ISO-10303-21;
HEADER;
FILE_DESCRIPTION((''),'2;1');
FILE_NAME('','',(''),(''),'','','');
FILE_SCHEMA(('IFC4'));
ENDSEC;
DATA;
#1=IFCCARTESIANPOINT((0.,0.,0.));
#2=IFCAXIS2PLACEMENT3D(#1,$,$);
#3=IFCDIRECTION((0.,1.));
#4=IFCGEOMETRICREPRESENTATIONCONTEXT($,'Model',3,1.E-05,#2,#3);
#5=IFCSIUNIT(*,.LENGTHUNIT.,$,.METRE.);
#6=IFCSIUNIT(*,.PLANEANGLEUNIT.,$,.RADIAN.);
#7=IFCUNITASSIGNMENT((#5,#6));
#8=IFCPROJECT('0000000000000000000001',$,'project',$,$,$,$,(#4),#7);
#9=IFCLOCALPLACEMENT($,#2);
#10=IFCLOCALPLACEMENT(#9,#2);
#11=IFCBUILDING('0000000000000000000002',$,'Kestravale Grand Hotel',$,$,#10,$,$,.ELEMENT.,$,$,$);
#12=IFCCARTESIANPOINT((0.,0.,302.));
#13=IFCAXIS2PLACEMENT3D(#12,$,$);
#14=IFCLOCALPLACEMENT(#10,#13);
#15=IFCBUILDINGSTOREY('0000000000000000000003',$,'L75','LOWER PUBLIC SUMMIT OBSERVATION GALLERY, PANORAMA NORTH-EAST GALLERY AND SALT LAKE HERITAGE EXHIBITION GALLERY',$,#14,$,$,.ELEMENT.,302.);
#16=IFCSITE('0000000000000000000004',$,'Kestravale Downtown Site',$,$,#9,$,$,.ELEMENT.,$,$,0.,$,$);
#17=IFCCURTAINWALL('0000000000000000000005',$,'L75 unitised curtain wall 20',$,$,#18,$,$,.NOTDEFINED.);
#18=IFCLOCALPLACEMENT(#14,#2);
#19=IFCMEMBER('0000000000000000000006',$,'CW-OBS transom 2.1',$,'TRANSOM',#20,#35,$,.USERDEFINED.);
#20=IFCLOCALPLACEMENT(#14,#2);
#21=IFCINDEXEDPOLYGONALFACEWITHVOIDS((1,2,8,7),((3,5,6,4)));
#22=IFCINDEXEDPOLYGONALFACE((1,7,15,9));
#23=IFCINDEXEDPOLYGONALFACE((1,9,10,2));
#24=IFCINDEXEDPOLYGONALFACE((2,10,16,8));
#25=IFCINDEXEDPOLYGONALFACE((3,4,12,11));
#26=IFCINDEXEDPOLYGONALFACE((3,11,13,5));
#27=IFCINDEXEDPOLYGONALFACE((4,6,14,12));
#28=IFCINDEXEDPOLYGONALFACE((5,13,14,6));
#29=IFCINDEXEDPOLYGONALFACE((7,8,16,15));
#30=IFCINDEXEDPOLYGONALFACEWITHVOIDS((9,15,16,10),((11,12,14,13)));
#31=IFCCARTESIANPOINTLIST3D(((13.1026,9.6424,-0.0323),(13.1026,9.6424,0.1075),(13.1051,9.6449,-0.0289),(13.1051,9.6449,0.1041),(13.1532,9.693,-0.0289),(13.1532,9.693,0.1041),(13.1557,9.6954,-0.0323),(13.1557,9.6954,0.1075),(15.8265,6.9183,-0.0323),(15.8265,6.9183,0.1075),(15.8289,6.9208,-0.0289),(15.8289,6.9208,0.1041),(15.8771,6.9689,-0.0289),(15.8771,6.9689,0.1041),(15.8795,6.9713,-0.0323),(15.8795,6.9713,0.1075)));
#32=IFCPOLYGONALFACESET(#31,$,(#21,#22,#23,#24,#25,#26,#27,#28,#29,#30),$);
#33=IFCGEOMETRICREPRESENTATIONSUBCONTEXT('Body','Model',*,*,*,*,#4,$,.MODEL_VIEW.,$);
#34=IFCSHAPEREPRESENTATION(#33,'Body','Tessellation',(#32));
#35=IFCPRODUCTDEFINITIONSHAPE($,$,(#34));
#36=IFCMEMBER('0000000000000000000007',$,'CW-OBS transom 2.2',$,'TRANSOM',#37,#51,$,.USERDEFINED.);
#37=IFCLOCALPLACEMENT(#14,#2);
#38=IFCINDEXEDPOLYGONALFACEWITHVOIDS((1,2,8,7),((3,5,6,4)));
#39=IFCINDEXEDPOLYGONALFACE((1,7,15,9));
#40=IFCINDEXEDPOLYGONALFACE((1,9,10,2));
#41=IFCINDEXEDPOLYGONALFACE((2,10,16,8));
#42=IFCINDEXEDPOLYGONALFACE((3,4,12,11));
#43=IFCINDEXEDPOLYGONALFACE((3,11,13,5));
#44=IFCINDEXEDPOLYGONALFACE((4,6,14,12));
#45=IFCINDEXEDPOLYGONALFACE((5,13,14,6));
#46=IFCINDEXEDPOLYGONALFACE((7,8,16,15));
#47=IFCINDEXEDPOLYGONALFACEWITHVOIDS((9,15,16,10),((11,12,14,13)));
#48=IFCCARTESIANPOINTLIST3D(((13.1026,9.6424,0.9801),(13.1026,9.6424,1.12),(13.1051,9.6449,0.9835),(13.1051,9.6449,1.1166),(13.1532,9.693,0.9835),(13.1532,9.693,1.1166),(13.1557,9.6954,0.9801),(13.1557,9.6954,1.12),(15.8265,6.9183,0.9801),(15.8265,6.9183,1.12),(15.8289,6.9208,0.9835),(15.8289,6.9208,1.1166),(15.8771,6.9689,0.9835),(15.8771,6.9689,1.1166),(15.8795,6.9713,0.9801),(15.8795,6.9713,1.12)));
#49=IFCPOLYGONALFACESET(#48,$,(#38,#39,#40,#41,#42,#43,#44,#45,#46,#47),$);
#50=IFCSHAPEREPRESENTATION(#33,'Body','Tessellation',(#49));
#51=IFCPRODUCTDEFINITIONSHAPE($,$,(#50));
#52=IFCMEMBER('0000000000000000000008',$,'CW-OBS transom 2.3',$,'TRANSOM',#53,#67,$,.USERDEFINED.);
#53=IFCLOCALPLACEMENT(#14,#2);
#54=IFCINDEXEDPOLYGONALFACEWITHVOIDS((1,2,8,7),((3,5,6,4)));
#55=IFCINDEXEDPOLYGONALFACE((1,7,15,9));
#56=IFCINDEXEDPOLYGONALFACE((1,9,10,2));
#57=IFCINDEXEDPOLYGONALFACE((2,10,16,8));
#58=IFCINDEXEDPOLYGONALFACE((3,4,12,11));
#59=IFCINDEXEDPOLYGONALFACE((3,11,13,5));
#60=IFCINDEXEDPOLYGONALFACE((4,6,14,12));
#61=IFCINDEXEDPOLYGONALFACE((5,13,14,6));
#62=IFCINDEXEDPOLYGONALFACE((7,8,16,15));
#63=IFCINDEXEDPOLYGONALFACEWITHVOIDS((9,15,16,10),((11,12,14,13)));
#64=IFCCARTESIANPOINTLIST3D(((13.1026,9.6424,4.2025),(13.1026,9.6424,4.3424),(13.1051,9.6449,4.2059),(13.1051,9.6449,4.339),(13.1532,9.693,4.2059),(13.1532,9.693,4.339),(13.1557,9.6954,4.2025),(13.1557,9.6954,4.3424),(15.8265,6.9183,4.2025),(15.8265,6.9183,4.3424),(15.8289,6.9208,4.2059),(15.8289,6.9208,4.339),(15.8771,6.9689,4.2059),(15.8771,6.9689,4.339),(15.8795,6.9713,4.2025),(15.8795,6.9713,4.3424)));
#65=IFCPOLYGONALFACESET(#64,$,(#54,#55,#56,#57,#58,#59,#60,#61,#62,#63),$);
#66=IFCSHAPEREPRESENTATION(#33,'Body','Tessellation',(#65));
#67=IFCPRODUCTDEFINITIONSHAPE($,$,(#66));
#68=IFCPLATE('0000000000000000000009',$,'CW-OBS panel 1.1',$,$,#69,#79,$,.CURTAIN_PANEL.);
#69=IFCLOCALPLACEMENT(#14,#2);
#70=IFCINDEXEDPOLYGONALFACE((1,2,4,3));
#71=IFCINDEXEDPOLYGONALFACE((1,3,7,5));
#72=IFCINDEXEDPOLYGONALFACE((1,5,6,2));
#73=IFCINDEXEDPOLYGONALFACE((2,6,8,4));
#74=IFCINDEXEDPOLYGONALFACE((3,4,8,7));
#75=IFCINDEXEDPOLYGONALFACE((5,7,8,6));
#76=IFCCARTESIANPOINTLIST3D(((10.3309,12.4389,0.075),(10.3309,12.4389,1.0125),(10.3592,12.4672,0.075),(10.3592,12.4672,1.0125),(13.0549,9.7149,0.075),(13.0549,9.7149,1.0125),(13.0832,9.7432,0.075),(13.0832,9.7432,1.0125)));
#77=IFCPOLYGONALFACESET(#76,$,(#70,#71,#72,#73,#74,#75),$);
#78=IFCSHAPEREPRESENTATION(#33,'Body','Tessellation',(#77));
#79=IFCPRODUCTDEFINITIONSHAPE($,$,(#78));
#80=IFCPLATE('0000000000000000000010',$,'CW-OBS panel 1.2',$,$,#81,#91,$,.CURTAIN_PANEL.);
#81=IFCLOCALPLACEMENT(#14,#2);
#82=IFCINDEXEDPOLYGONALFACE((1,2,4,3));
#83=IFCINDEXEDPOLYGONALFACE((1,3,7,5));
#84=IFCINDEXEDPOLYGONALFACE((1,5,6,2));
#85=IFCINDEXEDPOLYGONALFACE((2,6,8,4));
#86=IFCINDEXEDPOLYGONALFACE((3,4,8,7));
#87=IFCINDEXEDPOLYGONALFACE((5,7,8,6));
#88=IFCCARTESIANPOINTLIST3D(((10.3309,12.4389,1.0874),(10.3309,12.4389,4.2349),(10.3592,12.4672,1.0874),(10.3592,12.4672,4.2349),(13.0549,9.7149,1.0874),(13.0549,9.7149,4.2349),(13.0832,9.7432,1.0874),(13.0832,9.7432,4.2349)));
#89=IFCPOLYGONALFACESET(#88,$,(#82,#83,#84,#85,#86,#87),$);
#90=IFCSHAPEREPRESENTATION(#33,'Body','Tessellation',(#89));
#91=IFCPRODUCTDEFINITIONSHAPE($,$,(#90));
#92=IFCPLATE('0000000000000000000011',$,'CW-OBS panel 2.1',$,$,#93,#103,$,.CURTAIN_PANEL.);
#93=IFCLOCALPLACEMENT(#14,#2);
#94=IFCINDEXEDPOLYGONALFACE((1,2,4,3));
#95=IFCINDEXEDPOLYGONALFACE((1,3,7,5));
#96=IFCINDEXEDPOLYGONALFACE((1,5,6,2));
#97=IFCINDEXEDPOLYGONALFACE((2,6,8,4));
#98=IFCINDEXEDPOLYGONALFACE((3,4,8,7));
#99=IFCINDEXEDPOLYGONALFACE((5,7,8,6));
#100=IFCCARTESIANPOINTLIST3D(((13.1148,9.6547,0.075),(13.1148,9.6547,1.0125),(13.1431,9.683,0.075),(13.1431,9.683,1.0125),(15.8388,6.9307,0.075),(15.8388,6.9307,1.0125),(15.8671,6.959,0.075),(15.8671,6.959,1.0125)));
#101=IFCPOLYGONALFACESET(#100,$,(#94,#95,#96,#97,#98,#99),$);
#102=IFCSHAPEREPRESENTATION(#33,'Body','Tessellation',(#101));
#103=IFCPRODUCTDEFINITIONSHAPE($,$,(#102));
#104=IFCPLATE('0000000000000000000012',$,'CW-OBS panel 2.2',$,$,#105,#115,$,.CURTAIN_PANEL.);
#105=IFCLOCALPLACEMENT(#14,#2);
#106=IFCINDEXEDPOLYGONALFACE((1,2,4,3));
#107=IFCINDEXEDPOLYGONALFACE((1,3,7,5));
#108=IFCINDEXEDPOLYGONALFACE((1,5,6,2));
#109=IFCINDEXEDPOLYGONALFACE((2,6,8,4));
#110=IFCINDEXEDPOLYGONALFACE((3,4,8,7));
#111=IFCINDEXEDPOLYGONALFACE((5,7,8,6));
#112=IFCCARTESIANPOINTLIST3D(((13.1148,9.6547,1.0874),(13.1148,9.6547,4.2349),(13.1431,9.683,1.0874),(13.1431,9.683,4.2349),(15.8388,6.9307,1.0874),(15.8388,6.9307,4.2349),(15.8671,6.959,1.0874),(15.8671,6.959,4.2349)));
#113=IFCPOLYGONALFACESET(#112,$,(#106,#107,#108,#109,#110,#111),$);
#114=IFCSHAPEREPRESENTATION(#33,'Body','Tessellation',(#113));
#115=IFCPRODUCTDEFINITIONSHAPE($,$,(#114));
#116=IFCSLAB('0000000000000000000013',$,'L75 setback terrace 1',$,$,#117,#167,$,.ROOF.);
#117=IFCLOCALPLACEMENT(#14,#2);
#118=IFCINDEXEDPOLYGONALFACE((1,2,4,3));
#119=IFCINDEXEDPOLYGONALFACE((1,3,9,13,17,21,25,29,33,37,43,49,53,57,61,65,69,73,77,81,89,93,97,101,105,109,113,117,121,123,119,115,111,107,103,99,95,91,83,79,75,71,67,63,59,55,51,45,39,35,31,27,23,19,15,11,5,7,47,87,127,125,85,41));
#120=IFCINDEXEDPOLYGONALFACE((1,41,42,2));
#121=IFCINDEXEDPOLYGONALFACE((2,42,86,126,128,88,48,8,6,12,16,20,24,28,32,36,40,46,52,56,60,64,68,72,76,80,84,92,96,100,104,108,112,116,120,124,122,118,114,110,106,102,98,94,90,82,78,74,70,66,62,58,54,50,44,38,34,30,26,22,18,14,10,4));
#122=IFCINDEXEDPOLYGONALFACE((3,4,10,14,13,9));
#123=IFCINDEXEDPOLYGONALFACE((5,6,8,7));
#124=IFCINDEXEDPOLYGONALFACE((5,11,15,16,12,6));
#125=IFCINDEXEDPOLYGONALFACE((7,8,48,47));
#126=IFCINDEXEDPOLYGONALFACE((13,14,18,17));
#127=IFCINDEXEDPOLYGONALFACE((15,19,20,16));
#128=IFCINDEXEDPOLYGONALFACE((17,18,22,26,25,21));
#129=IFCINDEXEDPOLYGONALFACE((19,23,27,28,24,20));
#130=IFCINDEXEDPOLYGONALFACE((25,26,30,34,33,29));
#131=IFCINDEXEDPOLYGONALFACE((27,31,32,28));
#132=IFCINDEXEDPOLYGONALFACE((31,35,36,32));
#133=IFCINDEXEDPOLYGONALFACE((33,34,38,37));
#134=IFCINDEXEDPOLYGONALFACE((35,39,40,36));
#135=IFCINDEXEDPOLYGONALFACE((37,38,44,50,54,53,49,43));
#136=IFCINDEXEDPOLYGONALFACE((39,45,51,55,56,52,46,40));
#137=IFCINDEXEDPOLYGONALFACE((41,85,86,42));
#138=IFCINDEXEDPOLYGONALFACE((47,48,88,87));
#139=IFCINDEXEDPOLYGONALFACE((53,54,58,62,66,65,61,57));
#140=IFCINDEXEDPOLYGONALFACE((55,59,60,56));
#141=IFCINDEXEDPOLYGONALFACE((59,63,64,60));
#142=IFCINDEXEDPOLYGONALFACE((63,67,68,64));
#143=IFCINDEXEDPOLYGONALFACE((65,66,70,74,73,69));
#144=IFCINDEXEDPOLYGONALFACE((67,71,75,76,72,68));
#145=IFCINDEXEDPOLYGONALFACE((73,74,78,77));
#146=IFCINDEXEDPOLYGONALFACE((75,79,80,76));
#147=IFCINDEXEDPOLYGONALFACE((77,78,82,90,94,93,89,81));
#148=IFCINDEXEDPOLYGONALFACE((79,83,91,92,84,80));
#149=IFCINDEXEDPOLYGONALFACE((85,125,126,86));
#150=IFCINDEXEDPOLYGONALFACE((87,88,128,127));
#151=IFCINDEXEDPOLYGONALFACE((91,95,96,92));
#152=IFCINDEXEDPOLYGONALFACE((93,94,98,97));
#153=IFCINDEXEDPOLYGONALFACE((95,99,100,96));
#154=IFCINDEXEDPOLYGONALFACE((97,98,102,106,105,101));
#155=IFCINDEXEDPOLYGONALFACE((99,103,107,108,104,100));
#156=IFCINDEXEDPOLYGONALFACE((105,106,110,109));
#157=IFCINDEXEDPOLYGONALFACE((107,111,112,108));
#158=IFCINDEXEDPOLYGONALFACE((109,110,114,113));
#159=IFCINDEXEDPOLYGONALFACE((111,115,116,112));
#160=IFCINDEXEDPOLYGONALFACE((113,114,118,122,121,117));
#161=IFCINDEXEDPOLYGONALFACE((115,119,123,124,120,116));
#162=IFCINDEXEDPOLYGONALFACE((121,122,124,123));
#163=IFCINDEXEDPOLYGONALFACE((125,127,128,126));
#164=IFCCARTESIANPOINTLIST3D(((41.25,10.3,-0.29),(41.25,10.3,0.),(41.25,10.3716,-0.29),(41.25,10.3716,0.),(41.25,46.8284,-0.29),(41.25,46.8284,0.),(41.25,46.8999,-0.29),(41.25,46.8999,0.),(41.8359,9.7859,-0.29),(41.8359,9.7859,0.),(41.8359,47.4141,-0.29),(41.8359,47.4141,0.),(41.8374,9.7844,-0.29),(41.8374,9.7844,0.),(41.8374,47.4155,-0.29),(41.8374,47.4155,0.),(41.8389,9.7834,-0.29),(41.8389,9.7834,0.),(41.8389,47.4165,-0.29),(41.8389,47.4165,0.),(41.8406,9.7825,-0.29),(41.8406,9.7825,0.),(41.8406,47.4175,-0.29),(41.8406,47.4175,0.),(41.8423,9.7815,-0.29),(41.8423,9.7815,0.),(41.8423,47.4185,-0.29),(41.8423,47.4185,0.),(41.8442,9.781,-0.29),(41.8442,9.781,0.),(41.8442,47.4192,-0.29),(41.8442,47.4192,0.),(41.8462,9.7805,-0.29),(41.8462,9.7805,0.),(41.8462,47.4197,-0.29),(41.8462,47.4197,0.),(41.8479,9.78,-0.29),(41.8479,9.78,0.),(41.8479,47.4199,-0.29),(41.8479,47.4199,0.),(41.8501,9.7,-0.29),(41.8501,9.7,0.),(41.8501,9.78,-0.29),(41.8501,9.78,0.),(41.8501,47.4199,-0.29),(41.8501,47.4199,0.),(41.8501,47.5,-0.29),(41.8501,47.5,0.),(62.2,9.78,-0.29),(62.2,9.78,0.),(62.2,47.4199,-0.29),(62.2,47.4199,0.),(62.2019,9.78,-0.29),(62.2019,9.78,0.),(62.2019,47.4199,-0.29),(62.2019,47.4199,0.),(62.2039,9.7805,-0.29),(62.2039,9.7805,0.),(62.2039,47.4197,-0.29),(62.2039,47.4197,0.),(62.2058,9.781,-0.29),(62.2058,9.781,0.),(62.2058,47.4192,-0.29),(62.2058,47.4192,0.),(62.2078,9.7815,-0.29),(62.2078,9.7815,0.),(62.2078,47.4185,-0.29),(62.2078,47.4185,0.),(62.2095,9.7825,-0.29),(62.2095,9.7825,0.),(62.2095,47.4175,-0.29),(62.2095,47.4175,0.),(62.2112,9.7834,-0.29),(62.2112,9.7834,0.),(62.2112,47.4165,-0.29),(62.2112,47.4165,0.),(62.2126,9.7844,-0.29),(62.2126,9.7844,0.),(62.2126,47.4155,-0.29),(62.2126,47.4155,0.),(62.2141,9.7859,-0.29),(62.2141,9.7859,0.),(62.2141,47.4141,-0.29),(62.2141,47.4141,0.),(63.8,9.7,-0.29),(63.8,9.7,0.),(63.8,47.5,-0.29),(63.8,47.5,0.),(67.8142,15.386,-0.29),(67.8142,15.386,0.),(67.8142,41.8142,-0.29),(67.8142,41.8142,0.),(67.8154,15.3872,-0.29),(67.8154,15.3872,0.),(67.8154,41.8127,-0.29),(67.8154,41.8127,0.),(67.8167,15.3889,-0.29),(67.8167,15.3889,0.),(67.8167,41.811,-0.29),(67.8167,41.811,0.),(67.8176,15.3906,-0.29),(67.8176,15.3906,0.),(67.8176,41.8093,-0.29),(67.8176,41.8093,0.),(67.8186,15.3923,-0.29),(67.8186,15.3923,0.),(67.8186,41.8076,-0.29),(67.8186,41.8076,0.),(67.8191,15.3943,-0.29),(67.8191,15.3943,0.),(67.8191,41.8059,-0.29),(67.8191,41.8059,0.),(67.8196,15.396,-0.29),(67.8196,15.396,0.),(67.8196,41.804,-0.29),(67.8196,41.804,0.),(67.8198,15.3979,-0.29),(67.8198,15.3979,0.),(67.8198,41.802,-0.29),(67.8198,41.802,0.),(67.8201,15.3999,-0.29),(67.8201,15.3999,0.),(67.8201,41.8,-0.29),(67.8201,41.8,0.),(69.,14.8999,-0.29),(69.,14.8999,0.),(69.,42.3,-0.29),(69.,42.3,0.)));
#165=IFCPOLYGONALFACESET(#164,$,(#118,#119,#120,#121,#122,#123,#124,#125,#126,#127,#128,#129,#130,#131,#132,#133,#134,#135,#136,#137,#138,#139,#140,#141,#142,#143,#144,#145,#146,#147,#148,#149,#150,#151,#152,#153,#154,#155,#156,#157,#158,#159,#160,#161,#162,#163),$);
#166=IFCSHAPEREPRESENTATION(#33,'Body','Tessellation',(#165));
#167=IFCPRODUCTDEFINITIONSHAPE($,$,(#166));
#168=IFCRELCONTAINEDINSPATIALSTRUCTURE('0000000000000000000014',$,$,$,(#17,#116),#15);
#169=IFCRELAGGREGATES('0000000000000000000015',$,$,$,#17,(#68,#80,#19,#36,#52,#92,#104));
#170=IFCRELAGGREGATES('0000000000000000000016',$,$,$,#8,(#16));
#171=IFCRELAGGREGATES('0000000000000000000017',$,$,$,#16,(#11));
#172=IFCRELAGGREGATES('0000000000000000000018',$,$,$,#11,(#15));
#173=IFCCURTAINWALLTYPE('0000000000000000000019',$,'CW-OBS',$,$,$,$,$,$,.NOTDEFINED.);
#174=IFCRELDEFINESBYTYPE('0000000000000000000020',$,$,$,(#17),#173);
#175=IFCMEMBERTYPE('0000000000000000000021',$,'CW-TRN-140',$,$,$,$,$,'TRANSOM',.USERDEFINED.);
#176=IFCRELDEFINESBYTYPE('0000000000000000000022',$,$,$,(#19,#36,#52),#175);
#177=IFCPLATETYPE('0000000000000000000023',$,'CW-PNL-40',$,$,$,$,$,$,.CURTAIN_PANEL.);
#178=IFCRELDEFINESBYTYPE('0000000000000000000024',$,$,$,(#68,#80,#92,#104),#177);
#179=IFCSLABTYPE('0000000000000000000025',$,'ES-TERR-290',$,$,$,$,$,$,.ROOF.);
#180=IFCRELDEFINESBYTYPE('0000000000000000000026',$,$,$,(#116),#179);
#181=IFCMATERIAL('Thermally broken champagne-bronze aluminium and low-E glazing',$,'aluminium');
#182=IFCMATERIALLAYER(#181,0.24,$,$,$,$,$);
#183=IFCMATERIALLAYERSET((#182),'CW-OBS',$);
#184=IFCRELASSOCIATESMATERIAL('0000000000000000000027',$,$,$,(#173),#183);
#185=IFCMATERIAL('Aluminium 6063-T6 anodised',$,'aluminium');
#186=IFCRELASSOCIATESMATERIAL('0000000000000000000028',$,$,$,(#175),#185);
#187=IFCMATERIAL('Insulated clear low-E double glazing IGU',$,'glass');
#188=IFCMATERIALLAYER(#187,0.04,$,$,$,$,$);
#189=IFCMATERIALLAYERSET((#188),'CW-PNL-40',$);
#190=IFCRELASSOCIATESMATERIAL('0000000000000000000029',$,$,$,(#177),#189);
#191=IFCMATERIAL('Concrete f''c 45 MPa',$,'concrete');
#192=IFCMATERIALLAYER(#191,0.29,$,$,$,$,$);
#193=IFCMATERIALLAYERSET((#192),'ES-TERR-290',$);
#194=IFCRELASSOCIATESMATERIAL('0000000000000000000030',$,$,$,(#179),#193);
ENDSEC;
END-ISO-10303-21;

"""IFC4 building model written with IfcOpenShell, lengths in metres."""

from ifc_helpers import new_model, si_unit, direction, frame, origin, origin_2d, place, context, subcontext, project, spatial, polyline, rectangle, hollow_rectangle, outline, extrude, material, layer, layer_set, material_profile, profile_set, type_object, element, aggregate, save


model = new_model("IFC4")

# Units and contexts
model_context = context("Model", 3, precision=1e-05, world=origin(), true_north=direction((0.0, 1.0)))
body_context = subcontext(model_context, "Body", "Model", "MODEL_VIEW")
ifc_project = project(units=[si_unit("LENGTHUNIT", "METRE"), si_unit("PLANEANGLEUNIT", "RADIAN")], contexts=[model_context])

# Site, building, storey
site_placement = place(None, origin())
site = spatial("IfcSite", under=ifc_project, at=site_placement, Name="Kestravale Downtown Site", CompositionType="ELEMENT", RefElevation=0.0)
building_placement = place(site_placement, origin())
building = spatial("IfcBuilding", under=site, at=building_placement, Name="Kestravale Grand Hotel", CompositionType="ELEMENT")
storey_placement = place(building_placement, frame((0.0, 0.0, 302.0)))
storey = spatial("IfcBuildingStorey", under=building, at=storey_placement, Name="L75", Description="LOWER PUBLIC SUMMIT OBSERVATION GALLERY, PANORAMA NORTH-EAST GALLERY AND SALT LAKE HERITAGE EXHIBITION GALLERY", CompositionType="ELEMENT", Elevation=302.0)

# Curtain wall, members, plates
ifc_material_1 = material(Name="Thermally broken champagne-bronze aluminium and low-E glazing", Category="aluminium")
ifc_layer_1 = layer(ifc_material_1, 0.24)
ifc_layer_set_1 = layer_set([ifc_layer_1], Name="CW-OBS")
curtain_wall_type = type_object("IfcCurtainWallType", Name="CW-OBS", PredefinedType="NOTDEFINED", material=ifc_layer_set_1)
curtain_wall_placement = place(storey_placement, origin())
curtain_wall = element("IfcCurtainWall", 1, at=curtain_wall_placement, inside=storey, type_object=curtain_wall_type, Name="L75 unitised curtain wall 20", PredefinedType="NOTDEFINED")
ifc_material_2 = material(Name="Aluminium 6063-T6 anodised", Category="aluminium")
ifc_material_profile_1 = material_profile(ifc_material_2, hollow_rectangle(XDim=0.075, YDim=0.1399, WallThickness=0.0034, at=origin_2d()))
ifc_profile_set_1 = profile_set([ifc_material_profile_1], Name="Aluminium 6063-T6 anodised")
member_type_1 = type_object("IfcMemberType", Name="CW-TRN-140", ElementType="TRANSOM", PredefinedType="USERDEFINED", material=ifc_profile_set_1)
member_1_placement = place(storey_placement, frame((13.1292, 9.6689, 0.0376), z_axis=(0.707075, -0.707138, 0.0), x_axis=(0.707138, 0.707075, 0.0)))
member_1 = element("IfcMember", 2, at=member_1_placement, type_object=member_type_1, Name="CW-OBS transom 2.1", ObjectType="TRANSOM", PredefinedType="USERDEFINED", context=body_context, shape_type="SweptSolid", body=[
    extrude(hollow_rectangle(XDim=0.075, YDim=0.1399, WallThickness=0.0034, at=origin_2d()), origin(), (0.0, 0.0, 1.0), 3.8523),
])
member_2_placement = place(storey_placement, frame((13.1292, 9.6689, 1.05), z_axis=(0.707075, -0.707138, 0.0), x_axis=(0.707138, 0.707075, 0.0)))
member_2 = element("IfcMember", 3, at=member_2_placement, type_object=member_type_1, Name="CW-OBS transom 2.2", ObjectType="TRANSOM", PredefinedType="USERDEFINED", context=body_context, shape_type="SweptSolid", body=[
    extrude(hollow_rectangle(XDim=0.075, YDim=0.1399, WallThickness=0.0034, at=origin_2d()), origin(), (0.0, 0.0, 1.0), 3.8523),
])
member_3_placement = place(storey_placement, frame((13.1292, 9.6689, 4.2725), z_axis=(0.707075, -0.707138, 0.0), x_axis=(0.707138, 0.707075, 0.0)))
member_3 = element("IfcMember", 4, at=member_3_placement, type_object=member_type_1, Name="CW-OBS transom 2.3", ObjectType="TRANSOM", PredefinedType="USERDEFINED", context=body_context, shape_type="SweptSolid", body=[
    extrude(hollow_rectangle(XDim=0.075, YDim=0.1399, WallThickness=0.0034, at=origin_2d()), origin(), (0.0, 0.0, 1.0), 3.8523),
])
ifc_material_3 = material(Name="Insulated clear low-E double glazing IGU", Category="glass")
ifc_layer_2 = layer(ifc_material_3, 0.04)
ifc_layer_set_2 = layer_set([ifc_layer_2], Name="CW-PNL-40")
plate_type = type_object("IfcPlateType", Name="CW-PNL-40", PredefinedType="CURTAIN_PANEL", material=ifc_layer_set_2)
plate_1_placement = place(storey_placement, frame((11.707, 11.0911, 0.075), z_axis=(0.0, 0.0, 1.0), x_axis=(0.707107, -0.707107, 0.0)))
plate_1 = element("IfcPlate", 5, at=plate_1_placement, type_object=plate_type, Name="CW-OBS panel 1.1", PredefinedType="CURTAIN_PANEL", context=body_context, shape_type="SweptSolid", body=[
    extrude(rectangle(XDim=3.8523, YDim=0.04, at=origin_2d()), origin(), (0.0, 0.0, 1.0), 0.9375),
])
plate_2_placement = place(storey_placement, frame((11.707, 11.0911, 1.0874), z_axis=(0.0, 0.0, 1.0), x_axis=(0.707107, -0.707107, 0.0)))
plate_2 = element("IfcPlate", 6, at=plate_2_placement, type_object=plate_type, Name="CW-OBS panel 1.2", PredefinedType="CURTAIN_PANEL", context=body_context, shape_type="SweptSolid", body=[
    extrude(rectangle(XDim=3.8523, YDim=0.04, at=origin_2d()), origin(), (0.0, 0.0, 1.0), 3.1475),
])
plate_3_placement = place(storey_placement, frame((14.491, 8.3069, 0.075), z_axis=(0.0, 0.0, 1.0), x_axis=(0.707107, -0.707107, 0.0)))
plate_3 = element("IfcPlate", 7, at=plate_3_placement, type_object=plate_type, Name="CW-OBS panel 2.1", PredefinedType="CURTAIN_PANEL", context=body_context, shape_type="SweptSolid", body=[
    extrude(rectangle(XDim=3.8523, YDim=0.04, at=origin_2d()), origin(), (0.0, 0.0, 1.0), 0.9375),
])
plate_4_placement = place(storey_placement, frame((14.491, 8.3069, 1.0874), z_axis=(0.0, 0.0, 1.0), x_axis=(0.707107, -0.707107, 0.0)))
plate_4 = element("IfcPlate", 8, at=plate_4_placement, type_object=plate_type, Name="CW-OBS panel 2.2", PredefinedType="CURTAIN_PANEL", context=body_context, shape_type="SweptSolid", body=[
    extrude(rectangle(XDim=3.8523, YDim=0.04, at=origin_2d()), origin(), (0.0, 0.0, 1.0), 3.1475),
])
aggregate(curtain_wall, [plate_1, plate_2, member_1, member_2, member_3, plate_3, plate_4])

# Slab
ifc_material_4 = material(Name="Concrete f'c 45 MPa", Category="concrete")
ifc_layer_3 = layer(ifc_material_4, 0.29)
ifc_layer_set_3 = layer_set([ifc_layer_3], Name="ES-TERR-290")
slab_type_1 = type_object("IfcSlabType", Name="ES-TERR-290", PredefinedType="ROOF", material=ifc_layer_set_3)
slab_1_placement = place(storey_placement, frame((0.0, 0.0, -0.29)))
element("IfcSlab", 9, at=slab_1_placement, inside=storey, type_object=slab_type_1, Name="L75 setback terrace 1", PredefinedType="ROOF", context=body_context, shape_type="SweptSolid", body=[
    extrude(outline(polyline([(41.25, 46.8999), (41.8501, 47.5), (63.8, 47.5), (69.0, 42.3), (69.0, 14.8999), (63.8, 9.7), (41.8501, 9.7), (41.25, 10.3), (41.25, 10.3716), (41.8359, 9.7859), (41.8374, 9.7844), (41.8389, 9.7834), (41.8406, 9.7825), (41.8423, 9.7815), (41.8442, 9.781), (41.8462, 9.7805), (41.8479, 9.78), (41.8501, 9.78), (62.2, 9.78), (62.2019, 9.78), (62.2039, 9.7805), (62.2058, 9.781), (62.2078, 9.7815), (62.2095, 9.7825), (62.2112, 9.7834), (62.2126, 9.7844), (62.2141, 9.7859), (67.8142, 15.386), (67.8154, 15.3872), (67.8167, 15.3889), (67.8176, 15.3906), (67.8186, 15.3923), (67.8191, 15.3943), (67.8196, 15.396), (67.8198, 15.3979), (67.8201, 15.3999), (67.8201, 41.8), (67.8198, 41.802), (67.8196, 41.804), (67.8191, 41.8059), (67.8186, 41.8076), (67.8176, 41.8093), (67.8167, 41.811), (67.8154, 41.8127), (67.8142, 41.8142), (62.2141, 47.4141), (62.2126, 47.4155), (62.2112, 47.4165), (62.2095, 47.4175), (62.2078, 47.4185), (62.2058, 47.4192), (62.2039, 47.4197), (62.2019, 47.4199), (62.2, 47.4199), (41.8501, 47.4199), (41.8479, 47.4199), (41.8462, 47.4197), (41.8442, 47.4192), (41.8423, 47.4185), (41.8406, 47.4175), (41.8389, 47.4165), (41.8374, 47.4155), (41.8359, 47.4141), (41.25, 46.8284), (41.25, 46.8999)])), origin(), (0.0, 0.0, 1.0), 0.29),
])

save(model, "model.ifc")
